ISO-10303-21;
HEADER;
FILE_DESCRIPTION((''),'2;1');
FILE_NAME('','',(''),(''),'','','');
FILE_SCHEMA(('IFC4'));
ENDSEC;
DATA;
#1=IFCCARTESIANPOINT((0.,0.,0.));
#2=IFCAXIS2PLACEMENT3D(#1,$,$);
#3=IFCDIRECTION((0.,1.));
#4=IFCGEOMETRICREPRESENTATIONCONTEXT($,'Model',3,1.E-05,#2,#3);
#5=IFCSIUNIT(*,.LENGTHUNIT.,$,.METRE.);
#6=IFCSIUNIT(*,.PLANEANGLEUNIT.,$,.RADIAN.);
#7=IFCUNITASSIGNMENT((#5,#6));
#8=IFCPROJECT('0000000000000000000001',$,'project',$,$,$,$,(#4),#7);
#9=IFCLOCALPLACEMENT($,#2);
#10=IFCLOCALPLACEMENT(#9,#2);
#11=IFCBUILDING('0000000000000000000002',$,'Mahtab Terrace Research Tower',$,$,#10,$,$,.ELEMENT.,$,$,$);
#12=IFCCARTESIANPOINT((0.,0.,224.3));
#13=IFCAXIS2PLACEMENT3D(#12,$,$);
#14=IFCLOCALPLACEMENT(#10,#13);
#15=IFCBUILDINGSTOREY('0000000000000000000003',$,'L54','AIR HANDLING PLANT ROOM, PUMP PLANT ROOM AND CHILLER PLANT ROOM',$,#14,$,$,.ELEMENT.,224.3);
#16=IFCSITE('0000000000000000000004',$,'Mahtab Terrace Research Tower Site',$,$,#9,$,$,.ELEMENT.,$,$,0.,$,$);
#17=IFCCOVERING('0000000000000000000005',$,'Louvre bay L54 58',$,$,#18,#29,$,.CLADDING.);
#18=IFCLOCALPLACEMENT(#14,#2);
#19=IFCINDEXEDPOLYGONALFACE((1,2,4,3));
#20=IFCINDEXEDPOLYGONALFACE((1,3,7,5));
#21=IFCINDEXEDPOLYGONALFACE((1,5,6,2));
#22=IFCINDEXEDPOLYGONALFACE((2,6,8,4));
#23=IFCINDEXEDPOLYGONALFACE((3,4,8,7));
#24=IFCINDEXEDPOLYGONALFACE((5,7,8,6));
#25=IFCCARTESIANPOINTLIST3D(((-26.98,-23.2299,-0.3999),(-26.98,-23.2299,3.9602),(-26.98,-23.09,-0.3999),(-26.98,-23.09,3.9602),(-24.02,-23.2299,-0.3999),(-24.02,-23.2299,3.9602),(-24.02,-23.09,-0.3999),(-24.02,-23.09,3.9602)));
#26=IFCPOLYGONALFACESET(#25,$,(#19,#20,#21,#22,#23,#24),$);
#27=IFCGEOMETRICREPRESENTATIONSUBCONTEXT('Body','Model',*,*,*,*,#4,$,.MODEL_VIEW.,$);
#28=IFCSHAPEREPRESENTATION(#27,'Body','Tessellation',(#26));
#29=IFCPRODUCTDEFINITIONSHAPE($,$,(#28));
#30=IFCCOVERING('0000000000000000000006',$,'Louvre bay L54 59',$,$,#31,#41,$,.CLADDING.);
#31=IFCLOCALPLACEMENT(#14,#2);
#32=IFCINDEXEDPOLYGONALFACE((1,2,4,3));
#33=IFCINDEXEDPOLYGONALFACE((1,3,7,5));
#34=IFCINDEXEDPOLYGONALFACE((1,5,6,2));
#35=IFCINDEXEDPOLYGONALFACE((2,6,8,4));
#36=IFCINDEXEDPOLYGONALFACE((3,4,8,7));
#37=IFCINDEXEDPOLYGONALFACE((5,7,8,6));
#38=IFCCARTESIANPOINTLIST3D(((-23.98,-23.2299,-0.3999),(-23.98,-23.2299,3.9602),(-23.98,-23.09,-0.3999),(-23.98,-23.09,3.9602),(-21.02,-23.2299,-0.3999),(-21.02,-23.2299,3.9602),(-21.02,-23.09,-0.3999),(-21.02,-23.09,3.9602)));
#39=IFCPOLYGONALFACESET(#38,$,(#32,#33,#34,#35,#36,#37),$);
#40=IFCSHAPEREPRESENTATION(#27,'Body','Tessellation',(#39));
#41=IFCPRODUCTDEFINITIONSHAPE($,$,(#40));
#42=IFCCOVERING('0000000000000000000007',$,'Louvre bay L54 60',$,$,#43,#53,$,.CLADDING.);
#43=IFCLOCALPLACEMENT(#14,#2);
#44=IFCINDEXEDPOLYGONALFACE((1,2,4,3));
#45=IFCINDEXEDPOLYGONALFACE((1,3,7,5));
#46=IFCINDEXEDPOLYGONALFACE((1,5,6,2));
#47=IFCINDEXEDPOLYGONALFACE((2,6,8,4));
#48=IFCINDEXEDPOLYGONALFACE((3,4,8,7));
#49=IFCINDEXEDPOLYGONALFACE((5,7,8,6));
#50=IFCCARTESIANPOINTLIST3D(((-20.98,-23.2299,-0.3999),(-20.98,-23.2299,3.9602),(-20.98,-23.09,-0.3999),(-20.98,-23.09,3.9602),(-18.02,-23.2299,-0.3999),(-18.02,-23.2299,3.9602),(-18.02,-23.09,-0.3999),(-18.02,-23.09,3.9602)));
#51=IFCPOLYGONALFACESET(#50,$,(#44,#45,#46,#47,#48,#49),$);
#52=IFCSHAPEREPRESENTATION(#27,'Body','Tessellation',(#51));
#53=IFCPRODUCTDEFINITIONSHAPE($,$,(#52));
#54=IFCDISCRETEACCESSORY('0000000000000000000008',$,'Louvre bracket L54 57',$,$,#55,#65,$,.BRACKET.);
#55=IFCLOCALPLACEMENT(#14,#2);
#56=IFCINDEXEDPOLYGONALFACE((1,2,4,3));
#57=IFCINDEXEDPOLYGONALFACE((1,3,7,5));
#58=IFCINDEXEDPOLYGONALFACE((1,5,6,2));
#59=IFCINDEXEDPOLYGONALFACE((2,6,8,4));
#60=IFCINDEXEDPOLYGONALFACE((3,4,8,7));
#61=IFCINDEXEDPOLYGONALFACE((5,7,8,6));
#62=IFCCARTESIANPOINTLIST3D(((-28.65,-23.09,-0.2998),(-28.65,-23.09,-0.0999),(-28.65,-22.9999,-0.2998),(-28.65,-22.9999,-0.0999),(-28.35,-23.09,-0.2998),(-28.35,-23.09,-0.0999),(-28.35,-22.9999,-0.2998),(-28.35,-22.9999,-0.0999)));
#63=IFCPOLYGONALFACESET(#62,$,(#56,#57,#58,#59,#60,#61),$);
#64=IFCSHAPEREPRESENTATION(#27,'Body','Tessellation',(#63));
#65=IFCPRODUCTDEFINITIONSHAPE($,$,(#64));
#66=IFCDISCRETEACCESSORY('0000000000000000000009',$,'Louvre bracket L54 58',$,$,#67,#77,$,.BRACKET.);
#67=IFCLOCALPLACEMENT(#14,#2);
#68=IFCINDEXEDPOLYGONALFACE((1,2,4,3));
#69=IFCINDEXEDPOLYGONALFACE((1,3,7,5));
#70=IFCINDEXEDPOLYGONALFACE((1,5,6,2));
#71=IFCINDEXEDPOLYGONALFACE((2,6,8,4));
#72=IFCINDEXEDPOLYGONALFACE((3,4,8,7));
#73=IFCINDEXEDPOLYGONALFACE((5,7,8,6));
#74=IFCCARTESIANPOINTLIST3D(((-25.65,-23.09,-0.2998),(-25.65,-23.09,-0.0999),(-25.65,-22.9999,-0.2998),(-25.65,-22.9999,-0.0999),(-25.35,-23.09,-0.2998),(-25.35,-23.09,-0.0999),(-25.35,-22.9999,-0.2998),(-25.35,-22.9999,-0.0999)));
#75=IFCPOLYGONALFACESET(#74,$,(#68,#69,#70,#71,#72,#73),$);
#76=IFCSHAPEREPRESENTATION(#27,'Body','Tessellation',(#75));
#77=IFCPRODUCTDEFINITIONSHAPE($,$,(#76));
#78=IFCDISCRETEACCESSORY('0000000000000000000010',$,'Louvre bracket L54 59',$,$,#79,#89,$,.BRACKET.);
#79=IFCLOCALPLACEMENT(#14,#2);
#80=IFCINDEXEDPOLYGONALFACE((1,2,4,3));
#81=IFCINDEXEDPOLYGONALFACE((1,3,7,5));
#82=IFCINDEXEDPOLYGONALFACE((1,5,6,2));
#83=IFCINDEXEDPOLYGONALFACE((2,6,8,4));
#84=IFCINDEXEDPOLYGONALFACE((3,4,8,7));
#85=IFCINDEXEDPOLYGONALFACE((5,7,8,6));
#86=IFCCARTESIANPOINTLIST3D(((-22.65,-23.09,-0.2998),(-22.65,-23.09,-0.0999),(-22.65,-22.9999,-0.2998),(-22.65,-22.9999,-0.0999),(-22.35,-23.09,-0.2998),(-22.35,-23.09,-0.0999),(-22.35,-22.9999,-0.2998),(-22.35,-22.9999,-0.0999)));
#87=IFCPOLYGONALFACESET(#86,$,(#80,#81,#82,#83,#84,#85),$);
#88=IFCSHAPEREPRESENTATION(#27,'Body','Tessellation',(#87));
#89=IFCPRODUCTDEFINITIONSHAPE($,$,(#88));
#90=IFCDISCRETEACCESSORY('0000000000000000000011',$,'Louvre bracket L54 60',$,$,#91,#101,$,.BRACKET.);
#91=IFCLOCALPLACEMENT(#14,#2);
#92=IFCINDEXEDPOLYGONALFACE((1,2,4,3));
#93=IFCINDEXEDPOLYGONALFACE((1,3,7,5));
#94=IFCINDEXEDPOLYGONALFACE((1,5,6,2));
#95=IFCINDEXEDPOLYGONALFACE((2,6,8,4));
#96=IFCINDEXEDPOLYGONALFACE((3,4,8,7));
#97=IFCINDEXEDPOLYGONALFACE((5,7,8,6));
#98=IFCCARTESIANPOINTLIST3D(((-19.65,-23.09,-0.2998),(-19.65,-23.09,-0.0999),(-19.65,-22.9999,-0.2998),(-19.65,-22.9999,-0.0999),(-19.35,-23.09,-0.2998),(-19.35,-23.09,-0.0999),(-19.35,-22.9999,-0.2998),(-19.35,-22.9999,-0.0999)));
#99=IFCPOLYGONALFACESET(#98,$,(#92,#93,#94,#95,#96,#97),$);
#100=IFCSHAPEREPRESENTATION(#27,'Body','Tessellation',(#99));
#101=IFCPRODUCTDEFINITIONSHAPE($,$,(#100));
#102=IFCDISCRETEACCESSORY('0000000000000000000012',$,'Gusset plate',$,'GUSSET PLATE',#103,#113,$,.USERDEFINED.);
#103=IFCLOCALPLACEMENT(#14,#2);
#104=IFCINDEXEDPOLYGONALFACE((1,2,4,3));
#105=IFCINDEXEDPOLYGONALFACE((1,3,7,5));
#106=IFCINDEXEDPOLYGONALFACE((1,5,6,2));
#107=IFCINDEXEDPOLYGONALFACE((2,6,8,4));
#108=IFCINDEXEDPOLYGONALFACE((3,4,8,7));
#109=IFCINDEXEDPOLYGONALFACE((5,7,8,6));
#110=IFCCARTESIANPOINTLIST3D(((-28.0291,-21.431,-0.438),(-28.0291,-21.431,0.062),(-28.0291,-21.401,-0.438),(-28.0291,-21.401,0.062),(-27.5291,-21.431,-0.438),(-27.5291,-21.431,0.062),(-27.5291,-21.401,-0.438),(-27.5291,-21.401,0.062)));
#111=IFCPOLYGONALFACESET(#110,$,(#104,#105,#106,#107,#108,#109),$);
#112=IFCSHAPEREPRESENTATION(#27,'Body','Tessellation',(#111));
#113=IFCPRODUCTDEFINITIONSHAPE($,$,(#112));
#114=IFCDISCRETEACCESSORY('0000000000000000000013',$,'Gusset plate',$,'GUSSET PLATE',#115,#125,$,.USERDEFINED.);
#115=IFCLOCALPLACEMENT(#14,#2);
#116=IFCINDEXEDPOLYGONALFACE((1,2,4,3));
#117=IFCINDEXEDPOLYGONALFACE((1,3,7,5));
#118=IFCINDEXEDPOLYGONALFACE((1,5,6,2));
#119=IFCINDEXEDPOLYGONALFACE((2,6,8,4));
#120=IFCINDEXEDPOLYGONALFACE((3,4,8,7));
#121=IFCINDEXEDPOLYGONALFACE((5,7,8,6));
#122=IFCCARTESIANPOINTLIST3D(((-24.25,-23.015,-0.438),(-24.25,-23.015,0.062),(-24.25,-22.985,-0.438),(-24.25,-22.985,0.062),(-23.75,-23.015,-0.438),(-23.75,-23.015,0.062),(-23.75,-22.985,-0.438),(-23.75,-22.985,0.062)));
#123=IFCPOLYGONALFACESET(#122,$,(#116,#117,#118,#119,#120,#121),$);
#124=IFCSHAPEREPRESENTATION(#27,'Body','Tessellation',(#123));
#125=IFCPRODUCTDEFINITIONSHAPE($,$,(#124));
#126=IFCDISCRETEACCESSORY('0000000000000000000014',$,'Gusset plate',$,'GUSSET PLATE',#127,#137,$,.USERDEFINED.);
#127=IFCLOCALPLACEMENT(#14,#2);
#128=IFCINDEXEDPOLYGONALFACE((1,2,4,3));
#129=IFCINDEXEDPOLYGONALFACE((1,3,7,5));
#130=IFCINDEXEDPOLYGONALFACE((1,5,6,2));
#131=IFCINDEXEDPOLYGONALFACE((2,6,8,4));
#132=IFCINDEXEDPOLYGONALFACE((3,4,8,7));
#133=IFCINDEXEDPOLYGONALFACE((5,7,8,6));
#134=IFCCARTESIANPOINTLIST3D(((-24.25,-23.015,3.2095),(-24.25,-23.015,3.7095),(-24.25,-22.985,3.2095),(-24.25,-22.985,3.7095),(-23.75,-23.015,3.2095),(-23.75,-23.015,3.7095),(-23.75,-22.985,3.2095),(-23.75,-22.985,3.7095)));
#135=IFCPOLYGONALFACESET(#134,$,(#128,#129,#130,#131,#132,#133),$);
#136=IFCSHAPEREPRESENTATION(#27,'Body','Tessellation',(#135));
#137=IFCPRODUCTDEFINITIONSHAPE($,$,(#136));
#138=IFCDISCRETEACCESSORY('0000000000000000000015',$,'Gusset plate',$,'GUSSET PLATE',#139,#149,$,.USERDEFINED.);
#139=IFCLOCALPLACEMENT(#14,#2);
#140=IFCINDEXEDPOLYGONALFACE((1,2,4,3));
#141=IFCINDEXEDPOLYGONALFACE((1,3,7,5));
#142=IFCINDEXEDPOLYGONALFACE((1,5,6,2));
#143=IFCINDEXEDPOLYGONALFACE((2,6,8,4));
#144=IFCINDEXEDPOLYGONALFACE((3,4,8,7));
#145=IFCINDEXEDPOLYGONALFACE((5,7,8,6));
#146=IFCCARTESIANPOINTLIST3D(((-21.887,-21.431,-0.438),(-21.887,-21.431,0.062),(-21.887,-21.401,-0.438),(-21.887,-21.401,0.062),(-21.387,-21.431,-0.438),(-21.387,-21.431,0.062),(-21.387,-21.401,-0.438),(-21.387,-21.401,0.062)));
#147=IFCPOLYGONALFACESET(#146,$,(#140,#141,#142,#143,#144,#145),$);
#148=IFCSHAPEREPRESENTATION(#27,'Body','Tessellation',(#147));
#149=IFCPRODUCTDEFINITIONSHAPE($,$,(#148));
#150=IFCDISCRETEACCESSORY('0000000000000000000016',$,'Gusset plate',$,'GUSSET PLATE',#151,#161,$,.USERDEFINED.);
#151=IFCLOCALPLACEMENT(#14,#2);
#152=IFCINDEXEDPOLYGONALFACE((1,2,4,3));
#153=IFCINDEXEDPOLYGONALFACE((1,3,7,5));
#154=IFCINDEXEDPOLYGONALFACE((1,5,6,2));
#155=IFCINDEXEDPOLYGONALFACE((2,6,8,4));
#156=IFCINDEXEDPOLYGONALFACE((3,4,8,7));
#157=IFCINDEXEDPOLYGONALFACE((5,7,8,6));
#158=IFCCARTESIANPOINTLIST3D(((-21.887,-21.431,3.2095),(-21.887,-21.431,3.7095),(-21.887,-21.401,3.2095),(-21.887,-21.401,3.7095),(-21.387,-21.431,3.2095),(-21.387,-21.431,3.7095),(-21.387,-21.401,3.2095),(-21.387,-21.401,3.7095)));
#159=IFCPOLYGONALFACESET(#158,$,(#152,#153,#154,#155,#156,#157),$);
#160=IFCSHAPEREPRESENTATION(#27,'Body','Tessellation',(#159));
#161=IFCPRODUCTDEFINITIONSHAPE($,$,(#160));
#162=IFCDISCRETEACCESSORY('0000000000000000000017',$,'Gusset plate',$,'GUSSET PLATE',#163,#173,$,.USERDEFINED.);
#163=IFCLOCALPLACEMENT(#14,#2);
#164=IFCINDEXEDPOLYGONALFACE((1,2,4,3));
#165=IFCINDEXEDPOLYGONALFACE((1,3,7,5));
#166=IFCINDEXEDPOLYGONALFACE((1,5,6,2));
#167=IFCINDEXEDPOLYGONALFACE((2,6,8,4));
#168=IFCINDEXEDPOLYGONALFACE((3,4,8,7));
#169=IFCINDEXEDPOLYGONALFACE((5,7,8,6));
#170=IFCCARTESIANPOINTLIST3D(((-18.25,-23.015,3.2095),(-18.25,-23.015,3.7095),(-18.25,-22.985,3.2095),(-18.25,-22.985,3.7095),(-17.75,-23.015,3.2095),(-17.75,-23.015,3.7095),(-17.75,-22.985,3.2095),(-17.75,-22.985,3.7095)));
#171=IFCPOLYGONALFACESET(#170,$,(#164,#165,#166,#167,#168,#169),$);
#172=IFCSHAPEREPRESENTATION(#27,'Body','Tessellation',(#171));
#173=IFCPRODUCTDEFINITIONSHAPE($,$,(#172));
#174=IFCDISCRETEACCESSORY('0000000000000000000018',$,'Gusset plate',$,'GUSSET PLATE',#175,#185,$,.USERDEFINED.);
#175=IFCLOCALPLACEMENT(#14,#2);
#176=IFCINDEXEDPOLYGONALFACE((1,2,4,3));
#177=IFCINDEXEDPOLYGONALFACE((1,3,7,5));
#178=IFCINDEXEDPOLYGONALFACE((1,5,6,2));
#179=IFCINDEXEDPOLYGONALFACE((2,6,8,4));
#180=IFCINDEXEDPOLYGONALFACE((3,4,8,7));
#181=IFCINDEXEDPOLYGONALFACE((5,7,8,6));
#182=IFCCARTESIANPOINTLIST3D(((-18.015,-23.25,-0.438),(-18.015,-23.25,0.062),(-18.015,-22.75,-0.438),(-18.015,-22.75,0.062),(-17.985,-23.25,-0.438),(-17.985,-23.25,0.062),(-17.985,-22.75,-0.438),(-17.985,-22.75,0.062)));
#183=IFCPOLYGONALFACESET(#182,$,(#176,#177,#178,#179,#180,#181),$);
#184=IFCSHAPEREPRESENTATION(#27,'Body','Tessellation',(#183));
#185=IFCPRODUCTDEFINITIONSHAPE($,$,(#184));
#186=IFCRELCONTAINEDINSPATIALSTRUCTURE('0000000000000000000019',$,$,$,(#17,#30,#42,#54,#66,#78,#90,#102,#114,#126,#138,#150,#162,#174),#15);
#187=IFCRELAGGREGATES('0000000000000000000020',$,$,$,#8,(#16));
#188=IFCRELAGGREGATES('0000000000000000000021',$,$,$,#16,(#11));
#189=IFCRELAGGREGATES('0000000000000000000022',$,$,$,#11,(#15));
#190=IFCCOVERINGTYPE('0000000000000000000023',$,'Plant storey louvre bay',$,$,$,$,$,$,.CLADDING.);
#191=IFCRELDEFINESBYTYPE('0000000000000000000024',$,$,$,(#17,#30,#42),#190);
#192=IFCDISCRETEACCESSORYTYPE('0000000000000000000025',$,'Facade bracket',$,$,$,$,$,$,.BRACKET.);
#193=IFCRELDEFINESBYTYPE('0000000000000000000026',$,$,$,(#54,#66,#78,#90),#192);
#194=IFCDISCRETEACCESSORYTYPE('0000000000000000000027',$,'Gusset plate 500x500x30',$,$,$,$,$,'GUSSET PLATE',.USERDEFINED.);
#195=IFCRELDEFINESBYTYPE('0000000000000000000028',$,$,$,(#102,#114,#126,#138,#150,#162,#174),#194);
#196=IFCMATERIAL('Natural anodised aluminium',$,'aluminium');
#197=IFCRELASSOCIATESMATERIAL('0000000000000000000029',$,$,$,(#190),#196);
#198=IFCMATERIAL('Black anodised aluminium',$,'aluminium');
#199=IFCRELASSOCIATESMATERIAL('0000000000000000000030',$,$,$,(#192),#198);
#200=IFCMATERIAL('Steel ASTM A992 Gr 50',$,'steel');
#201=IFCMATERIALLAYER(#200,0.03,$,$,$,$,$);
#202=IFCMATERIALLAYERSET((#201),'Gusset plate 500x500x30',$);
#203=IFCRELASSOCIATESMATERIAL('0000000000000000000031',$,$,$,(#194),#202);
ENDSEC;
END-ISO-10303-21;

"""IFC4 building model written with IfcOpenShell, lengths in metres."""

from ifc_helpers import new_model, si_unit, direction, frame, origin, origin_2d, place, context, subcontext, project, spatial, rectangle, extrude, material, layer, layer_set, type_object, element, save


model = new_model("IFC4")

# Units and contexts
model_context = context("Model", 3, precision=1e-05, world=origin(), true_north=direction((0.0, 1.0)))
body_context = subcontext(model_context, "Body", "Model", "MODEL_VIEW")
ifc_project = project(units=[si_unit("LENGTHUNIT", "METRE"), si_unit("PLANEANGLEUNIT", "RADIAN")], contexts=[model_context])

# Site, building, storey
site_placement = place(None, origin())
site = spatial("IfcSite", under=ifc_project, at=site_placement, Name="Mahtab Terrace Research Tower Site", CompositionType="ELEMENT", RefElevation=0.0)
building_placement = place(site_placement, origin())
building = spatial("IfcBuilding", under=site, at=building_placement, Name="Mahtab Terrace Research Tower", CompositionType="ELEMENT")
storey_placement = place(building_placement, frame((0.0, 0.0, 224.3)))
storey = spatial("IfcBuildingStorey", under=building, at=storey_placement, Name="L54", Description="AIR HANDLING PLANT ROOM, PUMP PLANT ROOM AND CHILLER PLANT ROOM", CompositionType="ELEMENT", Elevation=224.3)

# Shared definitions
ifc_material_1 = material(Name="Steel ASTM A992 Gr 50", Category="steel")

# Coverings
ifc_material_2 = material(Name="Natural anodised aluminium", Category="aluminium")
covering_type = type_object("IfcCoveringType", Name="Plant storey louvre bay", PredefinedType="CLADDING", material=ifc_material_2)
for number, where, z_axis, x_axis, name in (
    (1, (-25.5, -23.1599, -0.3999), (0.0, 0.0, 1.0), (1.0, 0.0, 0.0), "Louvre bay L54 58"),
    (2, (-22.5, -23.1599, -0.3999), (0.0, 0.0, 1.0), (1.0, 0.0, 0.0), "Louvre bay L54 59"),
    (3, (-19.5, -23.1599, -0.3999), (0.0, 0.0, 1.0), (1.0, 0.0, 0.0), "Louvre bay L54 60"),
):
    element("IfcCovering", number, at=place(storey_placement, frame(where, z_axis=z_axis, x_axis=x_axis)), inside=storey, type_object=covering_type, Name=name, PredefinedType="CLADDING", context=body_context, shape_type="SweptSolid", body=[
        extrude(rectangle(XDim=2.96, YDim=0.1399, at=origin_2d()), origin(), (0.0, 0.0, 1.0), 4.3601),
    ])

# Discrete accessories
ifc_material_3 = material(Name="Black anodised aluminium", Category="aluminium")
discrete_accessory_type_1 = type_object("IfcDiscreteAccessoryType", Name="Facade bracket", PredefinedType="BRACKET", material=ifc_material_3)
for number, where, z_axis, x_axis, name in (
    (4, (-28.5, -23.0449, -0.2998), (0.0, 0.0, 1.0), (1.0, 0.0, 0.0), "Louvre bracket L54 57"),
    (5, (-25.5, -23.0449, -0.2998), (0.0, 0.0, 1.0), (1.0, 0.0, 0.0), "Louvre bracket L54 58"),
    (6, (-22.5, -23.0449, -0.2998), (0.0, 0.0, 1.0), (1.0, 0.0, 0.0), "Louvre bracket L54 59"),
    (7, (-19.5, -23.0449, -0.2998), (0.0, 0.0, 1.0), (1.0, 0.0, 0.0), "Louvre bracket L54 60"),
):
    element("IfcDiscreteAccessory", number, at=place(storey_placement, frame(where, z_axis=z_axis, x_axis=x_axis)), inside=storey, type_object=discrete_accessory_type_1, Name=name, PredefinedType="BRACKET", context=body_context, shape_type="SweptSolid", body=[
        extrude(rectangle(XDim=0.3, YDim=0.0901, at=origin_2d()), origin(), (0.0, 0.0, 1.0), 0.2),
    ])
ifc_layer = layer(ifc_material_1, 0.03)
ifc_layer_set = layer_set([ifc_layer], Name="Gusset plate 500x500x30")
discrete_accessory_type_2 = type_object("IfcDiscreteAccessoryType", Name="Gusset plate 500x500x30", ElementType="GUSSET PLATE", PredefinedType="USERDEFINED", material=ifc_layer_set)
for number, where, z_axis, x_axis, name in (
    (8, (-27.7791, -21.416, -0.438), (0.0, 0.0, 1.0), (1.0, 0.0, 0.0), "Gusset plate"),
    (9, (-24.0, -23.0, -0.438), (0.0, 0.0, 1.0), (1.0, 0.0, 0.0), "Gusset plate"),
    (10, (-24.0, -23.0, 3.2095), (0.0, 0.0, 1.0), (1.0, 0.0, 0.0), "Gusset plate"),
    (11, (-21.637, -21.416, -0.438), (0.0, 0.0, 1.0), (1.0, 0.0, 0.0), "Gusset plate"),
    (12, (-21.637, -21.416, 3.2095), (0.0, 0.0, 1.0), (1.0, 0.0, 0.0), "Gusset plate"),
    (13, (-18.0, -23.0, 3.2095), (0.0, 0.0, 1.0), (1.0, 0.0, 0.0), "Gusset plate"),
    (14, (-18.0, -23.0, -0.438), (0.0, 0.0, 1.0), (0.0, 1.0, 0.0), "Gusset plate"),
):
    element("IfcDiscreteAccessory", number, at=place(storey_placement, frame(where, z_axis=z_axis, x_axis=x_axis)), inside=storey, type_object=discrete_accessory_type_2, Name=name, ObjectType="GUSSET PLATE", PredefinedType="USERDEFINED", context=body_context, shape_type="SweptSolid", body=[
        extrude(rectangle(XDim=0.5, YDim=0.03, at=origin_2d()), origin(), (0.0, 0.0, 1.0), 0.5),
    ])

save(model, "model.ifc")
